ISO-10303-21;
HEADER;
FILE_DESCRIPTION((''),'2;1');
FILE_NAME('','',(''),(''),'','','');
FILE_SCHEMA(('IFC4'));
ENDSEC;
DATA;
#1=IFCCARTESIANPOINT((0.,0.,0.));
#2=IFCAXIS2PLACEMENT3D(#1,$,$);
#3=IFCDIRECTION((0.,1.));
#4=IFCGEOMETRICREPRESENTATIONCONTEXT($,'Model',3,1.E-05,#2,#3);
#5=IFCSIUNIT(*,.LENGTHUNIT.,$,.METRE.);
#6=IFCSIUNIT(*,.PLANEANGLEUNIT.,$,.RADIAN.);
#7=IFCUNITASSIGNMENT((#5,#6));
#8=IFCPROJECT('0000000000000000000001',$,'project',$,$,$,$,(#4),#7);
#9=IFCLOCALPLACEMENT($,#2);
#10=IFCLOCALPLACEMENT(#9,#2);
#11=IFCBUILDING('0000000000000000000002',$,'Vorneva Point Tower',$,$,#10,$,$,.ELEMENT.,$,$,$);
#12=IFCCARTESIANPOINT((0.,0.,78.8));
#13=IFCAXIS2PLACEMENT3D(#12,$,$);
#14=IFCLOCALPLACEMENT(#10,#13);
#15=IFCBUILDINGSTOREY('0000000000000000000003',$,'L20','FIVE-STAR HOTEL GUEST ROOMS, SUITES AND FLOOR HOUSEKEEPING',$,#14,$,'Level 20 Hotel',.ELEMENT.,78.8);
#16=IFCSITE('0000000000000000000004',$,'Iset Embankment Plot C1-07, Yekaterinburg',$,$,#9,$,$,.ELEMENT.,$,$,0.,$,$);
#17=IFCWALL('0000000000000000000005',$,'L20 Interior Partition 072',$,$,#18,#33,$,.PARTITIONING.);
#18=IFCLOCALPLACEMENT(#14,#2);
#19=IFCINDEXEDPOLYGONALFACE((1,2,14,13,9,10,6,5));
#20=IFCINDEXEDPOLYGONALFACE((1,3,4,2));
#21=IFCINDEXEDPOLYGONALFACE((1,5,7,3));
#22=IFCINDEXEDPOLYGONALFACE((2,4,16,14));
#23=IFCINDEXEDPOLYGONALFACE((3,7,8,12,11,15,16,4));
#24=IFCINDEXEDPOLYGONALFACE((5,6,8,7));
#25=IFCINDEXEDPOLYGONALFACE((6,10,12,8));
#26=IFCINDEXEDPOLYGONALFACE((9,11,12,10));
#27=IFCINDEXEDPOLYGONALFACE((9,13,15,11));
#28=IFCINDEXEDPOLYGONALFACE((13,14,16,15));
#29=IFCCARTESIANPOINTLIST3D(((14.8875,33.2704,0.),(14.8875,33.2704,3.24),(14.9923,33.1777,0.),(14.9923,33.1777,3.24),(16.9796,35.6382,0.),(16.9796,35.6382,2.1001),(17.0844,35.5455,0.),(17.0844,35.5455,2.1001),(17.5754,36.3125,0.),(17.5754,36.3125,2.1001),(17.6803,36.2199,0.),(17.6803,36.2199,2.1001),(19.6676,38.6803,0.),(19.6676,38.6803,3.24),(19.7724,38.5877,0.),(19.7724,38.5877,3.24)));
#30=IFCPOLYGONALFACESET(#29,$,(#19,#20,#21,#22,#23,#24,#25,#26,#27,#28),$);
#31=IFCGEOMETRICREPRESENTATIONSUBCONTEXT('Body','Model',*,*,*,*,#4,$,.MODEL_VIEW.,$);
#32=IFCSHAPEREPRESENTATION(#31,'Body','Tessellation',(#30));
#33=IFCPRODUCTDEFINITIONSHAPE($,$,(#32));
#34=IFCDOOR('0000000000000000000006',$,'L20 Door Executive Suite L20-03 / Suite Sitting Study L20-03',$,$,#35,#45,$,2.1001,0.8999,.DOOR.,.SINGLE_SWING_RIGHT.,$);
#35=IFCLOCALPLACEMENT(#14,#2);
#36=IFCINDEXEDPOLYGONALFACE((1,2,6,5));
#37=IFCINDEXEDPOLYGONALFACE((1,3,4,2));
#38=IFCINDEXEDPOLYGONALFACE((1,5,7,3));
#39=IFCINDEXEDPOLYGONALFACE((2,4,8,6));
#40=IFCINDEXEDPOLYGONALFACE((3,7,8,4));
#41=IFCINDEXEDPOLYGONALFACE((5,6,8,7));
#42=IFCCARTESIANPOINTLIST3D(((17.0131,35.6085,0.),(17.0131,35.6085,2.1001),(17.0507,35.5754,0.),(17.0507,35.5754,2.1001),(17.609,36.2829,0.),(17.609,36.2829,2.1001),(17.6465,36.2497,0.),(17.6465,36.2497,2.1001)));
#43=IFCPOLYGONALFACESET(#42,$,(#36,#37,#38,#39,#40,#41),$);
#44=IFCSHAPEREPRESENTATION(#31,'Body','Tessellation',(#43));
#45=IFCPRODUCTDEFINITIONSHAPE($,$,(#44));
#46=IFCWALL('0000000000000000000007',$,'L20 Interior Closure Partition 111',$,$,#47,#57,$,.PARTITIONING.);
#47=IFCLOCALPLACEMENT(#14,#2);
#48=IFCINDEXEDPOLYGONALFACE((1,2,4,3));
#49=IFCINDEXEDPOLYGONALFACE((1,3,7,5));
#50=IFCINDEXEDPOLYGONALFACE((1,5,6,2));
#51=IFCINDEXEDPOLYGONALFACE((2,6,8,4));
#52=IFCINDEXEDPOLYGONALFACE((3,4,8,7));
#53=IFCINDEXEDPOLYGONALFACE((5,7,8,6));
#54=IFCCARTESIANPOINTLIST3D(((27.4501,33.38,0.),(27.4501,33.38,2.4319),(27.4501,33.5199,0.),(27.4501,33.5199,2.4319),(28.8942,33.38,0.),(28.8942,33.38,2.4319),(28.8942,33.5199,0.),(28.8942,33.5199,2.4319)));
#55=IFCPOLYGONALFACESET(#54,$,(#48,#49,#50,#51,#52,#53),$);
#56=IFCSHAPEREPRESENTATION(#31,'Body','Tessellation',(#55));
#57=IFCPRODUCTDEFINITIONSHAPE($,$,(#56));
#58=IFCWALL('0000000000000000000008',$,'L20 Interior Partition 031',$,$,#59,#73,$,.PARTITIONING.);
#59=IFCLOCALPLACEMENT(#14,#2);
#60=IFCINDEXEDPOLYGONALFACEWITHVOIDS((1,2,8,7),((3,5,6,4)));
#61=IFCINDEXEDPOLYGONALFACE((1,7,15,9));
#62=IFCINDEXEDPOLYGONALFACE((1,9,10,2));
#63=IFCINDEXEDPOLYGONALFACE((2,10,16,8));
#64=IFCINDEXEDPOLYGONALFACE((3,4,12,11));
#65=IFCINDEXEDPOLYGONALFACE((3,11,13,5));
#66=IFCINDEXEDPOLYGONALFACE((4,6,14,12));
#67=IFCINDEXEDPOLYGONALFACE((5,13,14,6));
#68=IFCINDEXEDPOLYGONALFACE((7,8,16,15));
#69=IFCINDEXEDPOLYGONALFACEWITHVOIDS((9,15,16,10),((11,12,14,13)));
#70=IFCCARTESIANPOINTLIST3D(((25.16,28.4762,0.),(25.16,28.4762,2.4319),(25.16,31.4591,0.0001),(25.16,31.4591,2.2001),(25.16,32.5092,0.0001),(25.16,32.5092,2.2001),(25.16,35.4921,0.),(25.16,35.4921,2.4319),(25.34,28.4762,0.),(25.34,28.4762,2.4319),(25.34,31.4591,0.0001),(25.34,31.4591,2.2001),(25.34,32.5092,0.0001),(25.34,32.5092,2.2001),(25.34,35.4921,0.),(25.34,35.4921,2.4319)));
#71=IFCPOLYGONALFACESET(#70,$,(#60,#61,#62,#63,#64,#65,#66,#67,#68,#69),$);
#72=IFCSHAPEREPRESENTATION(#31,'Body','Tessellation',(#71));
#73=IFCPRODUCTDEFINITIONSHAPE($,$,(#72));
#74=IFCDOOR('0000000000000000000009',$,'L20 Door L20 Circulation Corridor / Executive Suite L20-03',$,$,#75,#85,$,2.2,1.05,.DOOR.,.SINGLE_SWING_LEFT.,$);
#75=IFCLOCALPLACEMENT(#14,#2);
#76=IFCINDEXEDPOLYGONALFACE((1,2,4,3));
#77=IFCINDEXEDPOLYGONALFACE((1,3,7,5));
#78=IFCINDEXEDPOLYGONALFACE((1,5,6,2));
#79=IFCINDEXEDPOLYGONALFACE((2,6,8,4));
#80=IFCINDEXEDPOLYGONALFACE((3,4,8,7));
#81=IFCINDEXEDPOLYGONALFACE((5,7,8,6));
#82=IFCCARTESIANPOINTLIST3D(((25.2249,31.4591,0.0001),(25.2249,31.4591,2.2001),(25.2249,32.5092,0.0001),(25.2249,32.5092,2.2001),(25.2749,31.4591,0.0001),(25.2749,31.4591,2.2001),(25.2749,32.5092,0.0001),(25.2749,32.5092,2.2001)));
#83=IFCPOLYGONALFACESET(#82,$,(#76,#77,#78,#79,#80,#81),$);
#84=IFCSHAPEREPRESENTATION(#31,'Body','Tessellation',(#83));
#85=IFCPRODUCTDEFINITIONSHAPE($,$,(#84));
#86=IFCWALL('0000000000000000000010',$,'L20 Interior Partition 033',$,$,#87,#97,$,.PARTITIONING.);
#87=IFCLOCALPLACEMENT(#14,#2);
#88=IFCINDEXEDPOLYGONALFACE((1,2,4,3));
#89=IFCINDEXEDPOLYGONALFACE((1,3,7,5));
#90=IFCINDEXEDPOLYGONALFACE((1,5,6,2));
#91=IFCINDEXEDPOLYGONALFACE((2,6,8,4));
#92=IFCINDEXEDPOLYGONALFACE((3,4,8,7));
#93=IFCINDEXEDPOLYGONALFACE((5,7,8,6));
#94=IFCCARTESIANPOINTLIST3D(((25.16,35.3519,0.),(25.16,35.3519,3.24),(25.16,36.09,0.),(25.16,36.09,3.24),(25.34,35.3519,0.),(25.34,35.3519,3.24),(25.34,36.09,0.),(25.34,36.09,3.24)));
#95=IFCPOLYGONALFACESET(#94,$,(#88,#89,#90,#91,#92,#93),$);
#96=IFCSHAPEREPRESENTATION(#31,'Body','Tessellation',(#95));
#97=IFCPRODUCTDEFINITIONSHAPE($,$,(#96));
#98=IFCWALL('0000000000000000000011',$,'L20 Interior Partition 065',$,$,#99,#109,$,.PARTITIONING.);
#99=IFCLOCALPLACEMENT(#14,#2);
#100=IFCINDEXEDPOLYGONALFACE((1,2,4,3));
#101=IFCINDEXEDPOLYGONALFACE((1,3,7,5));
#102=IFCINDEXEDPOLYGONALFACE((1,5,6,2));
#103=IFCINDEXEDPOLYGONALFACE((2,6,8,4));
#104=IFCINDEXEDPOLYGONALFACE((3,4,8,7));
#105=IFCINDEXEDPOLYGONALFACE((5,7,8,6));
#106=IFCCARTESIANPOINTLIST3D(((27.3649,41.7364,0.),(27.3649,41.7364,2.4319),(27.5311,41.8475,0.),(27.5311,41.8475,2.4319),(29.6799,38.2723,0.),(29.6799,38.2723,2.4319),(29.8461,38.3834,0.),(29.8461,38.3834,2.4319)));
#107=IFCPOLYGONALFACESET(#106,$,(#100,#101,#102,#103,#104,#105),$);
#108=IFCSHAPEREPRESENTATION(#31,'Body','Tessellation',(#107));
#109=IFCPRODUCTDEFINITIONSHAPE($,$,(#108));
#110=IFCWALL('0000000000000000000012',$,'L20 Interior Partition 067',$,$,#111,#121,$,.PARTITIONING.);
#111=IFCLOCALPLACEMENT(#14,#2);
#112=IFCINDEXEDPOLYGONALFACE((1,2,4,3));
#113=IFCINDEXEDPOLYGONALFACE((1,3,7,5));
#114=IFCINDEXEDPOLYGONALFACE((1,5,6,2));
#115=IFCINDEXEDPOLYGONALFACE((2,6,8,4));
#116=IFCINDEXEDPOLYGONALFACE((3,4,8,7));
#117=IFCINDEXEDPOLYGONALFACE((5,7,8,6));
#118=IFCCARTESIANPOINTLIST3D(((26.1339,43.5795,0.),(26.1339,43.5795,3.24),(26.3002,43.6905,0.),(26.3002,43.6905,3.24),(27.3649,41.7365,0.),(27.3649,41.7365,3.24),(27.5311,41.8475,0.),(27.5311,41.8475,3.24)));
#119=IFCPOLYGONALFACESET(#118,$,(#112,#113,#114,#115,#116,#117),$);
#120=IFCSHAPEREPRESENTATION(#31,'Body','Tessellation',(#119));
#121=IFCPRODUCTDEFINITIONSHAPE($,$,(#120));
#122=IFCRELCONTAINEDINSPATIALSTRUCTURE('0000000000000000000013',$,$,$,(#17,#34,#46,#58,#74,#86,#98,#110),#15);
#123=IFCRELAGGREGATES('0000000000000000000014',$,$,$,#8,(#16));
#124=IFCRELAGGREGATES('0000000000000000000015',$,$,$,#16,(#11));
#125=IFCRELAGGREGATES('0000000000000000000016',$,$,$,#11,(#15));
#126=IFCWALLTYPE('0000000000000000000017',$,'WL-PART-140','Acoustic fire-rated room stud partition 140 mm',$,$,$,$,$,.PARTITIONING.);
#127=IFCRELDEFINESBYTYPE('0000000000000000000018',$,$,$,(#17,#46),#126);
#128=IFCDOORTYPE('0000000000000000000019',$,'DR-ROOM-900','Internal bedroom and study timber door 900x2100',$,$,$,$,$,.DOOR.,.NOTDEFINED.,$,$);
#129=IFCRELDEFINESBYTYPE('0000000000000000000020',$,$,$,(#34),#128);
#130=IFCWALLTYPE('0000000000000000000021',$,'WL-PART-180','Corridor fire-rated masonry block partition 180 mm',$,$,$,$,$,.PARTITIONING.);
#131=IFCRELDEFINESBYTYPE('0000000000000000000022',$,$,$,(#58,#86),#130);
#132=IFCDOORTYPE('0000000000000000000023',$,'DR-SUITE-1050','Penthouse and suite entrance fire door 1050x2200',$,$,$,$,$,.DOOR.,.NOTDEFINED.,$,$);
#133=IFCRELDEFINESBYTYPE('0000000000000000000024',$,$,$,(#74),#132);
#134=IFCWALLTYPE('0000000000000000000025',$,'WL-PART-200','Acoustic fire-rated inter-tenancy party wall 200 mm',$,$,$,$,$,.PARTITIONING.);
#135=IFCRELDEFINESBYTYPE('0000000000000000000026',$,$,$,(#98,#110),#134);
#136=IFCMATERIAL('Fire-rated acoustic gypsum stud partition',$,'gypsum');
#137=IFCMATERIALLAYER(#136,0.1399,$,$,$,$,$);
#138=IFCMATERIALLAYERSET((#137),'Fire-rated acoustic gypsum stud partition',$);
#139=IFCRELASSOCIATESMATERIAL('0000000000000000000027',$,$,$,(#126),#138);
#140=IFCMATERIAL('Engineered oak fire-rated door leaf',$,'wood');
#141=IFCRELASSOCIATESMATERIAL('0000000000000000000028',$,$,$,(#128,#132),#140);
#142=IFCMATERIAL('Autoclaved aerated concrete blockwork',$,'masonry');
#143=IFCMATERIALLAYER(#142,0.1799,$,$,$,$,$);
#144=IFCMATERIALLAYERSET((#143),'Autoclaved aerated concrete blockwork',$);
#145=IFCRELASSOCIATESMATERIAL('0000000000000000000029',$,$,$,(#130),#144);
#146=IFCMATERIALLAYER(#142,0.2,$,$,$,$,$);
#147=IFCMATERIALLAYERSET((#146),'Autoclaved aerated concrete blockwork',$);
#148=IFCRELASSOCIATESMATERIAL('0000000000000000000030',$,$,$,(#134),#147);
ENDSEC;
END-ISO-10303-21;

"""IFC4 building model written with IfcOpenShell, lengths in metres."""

from ifc_helpers import new_model, si_unit, direction, frame, frame_2d, origin, place, context, subcontext, project, spatial, rectangle, extrude, material, layer, layer_set, type_object, element, fill, save


model = new_model("IFC4")

# Units and contexts
model_context = context("Model", 3, precision=1e-05, world=origin(), true_north=direction((0.0, 1.0)))
body_context = subcontext(model_context, "Body", "Model", "MODEL_VIEW")
ifc_project = project(units=[si_unit("LENGTHUNIT", "METRE"), si_unit("PLANEANGLEUNIT", "RADIAN")], contexts=[model_context])

# Site, building, storey
site_placement = place(None, origin())
site = spatial("IfcSite", under=ifc_project, at=site_placement, Name="Iset Embankment Plot C1-07, Yekaterinburg", CompositionType="ELEMENT", RefElevation=0.0)
building_placement = place(site_placement, origin())
building = spatial("IfcBuilding", under=site, at=building_placement, Name="Vorneva Point Tower", CompositionType="ELEMENT")
storey_placement = place(building_placement, frame((0.0, 0.0, 78.8)))
storey = spatial("IfcBuildingStorey", under=building, at=storey_placement, Name="L20", Description="FIVE-STAR HOTEL GUEST ROOMS, SUITES AND FLOOR HOUSEKEEPING", LongName="Level 20 Hotel", CompositionType="ELEMENT", Elevation=78.8)

# Shared definitions
ifc_material_1 = material(Name="Fire-rated acoustic gypsum stud partition", Category="gypsum")

# Shared definitions
ifc_material_2 = material(Name="Engineered oak fire-rated door leaf", Category="wood")

# Shared definitions
ifc_layer_1 = layer(ifc_material_1, 0.1399)
ifc_layer_set_1 = layer_set([ifc_layer_1], Name="Fire-rated acoustic gypsum stud partition")
wall_type_1 = type_object("IfcWallType", Name="WL-PART-140", Description="Acoustic fire-rated room stud partition 140 mm", PredefinedType="PARTITIONING", material=ifc_layer_set_1)

# Wall, opening, door
wall_1_placement = place(storey_placement, frame((19.72, 38.634, 0.0), z_axis=(0.0, 0.0, 1.0), x_axis=(-0.662134, -0.749386, 0.0)))
wall_1 = element("IfcWall", 1, at=wall_1_placement, inside=storey, type_object=wall_type_1, Name="L20 Interior Partition 072", PredefinedType="PARTITIONING", context=body_context, shape_type="SweptSolid", body=[
    extrude(rectangle(XDim=7.2192, YDim=0.1399, at=frame_2d((3.6096, 0.0))), origin(), (0.0, 0.0, 1.0), 3.24),
])
opening_1_placement = place(wall_1_placement, frame((3.1597, 0.0, 0.0)))
opening_1 = element("IfcOpeningElement", 2, at=opening_1_placement, cuts=wall_1, PredefinedType="OPENING", context=body_context, shape_type="SweptSolid", body=[
    extrude(rectangle(XDim=0.8999, YDim=2.1001, at=frame_2d((0.45, 1.05))), frame((0.0, 0.085, 0.0), z_axis=(0.0, -1.0, 0.0), x_axis=(1.0, 0.0, 0.0)), (0.0, 0.0, 1.0), 0.1697),
])
door_type_1 = type_object("IfcDoorType", Name="DR-ROOM-900", Description="Internal bedroom and study timber door 900x2100", OperationType="NOTDEFINED", PredefinedType="DOOR", material=ifc_material_2)
door_1_placement = place(opening_1_placement, origin())
door_1 = element("IfcDoor", 3, at=door_1_placement, inside=storey, type_object=door_type_1, Name="L20 Door Executive Suite L20-03 / Suite Sitting Study L20-03", OperationType="SINGLE_SWING_RIGHT", OverallHeight=2.1001, OverallWidth=0.8999, PredefinedType="DOOR", context=body_context, shape_type="SweptSolid", body=[
    extrude(rectangle(XDim=0.8999, YDim=2.1001, at=frame_2d((0.45, 1.05))), frame((0.0, 0.0249, 0.0), z_axis=(0.0, -1.0, 0.0), x_axis=(1.0, 0.0, 0.0)), (0.0, 0.0, 1.0), 0.05),
])
fill(opening_1, door_1)

# Wall
wall_2_placement = place(storey_placement, frame((27.45, 33.45, 0.0), z_axis=(0.0, 0.0, 1.0), x_axis=(1.0, 0.0, 0.0)))
element("IfcWall", 4, at=wall_2_placement, inside=storey, type_object=wall_type_1, Name="L20 Interior Closure Partition 111", PredefinedType="PARTITIONING", context=body_context, shape_type="SweptSolid", body=[
    extrude(rectangle(XDim=1.4441, YDim=0.1399, at=frame_2d((0.7222, 0.0))), origin(), (0.0, 0.0, 1.0), 2.4319),
])

# Wall, opening, door
ifc_material_3 = material(Name="Autoclaved aerated concrete blockwork", Category="masonry")
ifc_layer_2 = layer(ifc_material_3, 0.1799)
ifc_layer_set_2 = layer_set([ifc_layer_2], Name="Autoclaved aerated concrete blockwork")
wall_type_2 = type_object("IfcWallType", Name="WL-PART-180", Description="Corridor fire-rated masonry block partition 180 mm", PredefinedType="PARTITIONING", material=ifc_layer_set_2)
wall_3_placement = place(storey_placement, frame((25.25, 35.4919, 0.0), z_axis=(0.0, 0.0, 1.0), x_axis=(0.0, -1.0, 0.0)))
wall_3 = element("IfcWall", 5, at=wall_3_placement, inside=storey, type_object=wall_type_2, Name="L20 Interior Partition 031", PredefinedType="PARTITIONING", context=body_context, shape_type="SweptSolid", body=[
    extrude(rectangle(XDim=7.0159, YDim=0.1799, at=frame_2d((3.5078, 0.0))), origin(), (0.0, 0.0, 1.0), 2.4319),
])
opening_2_placement = place(wall_3_placement, frame((2.9829, 0.0, 0.0)))
opening_2 = element("IfcOpeningElement", 6, at=opening_2_placement, cuts=wall_3, PredefinedType="OPENING", context=body_context, shape_type="SweptSolid", body=[
    extrude(rectangle(XDim=1.05, YDim=2.2, at=frame_2d((0.5249, 1.1001))), frame((0.0, 0.105, 0.0), z_axis=(0.0, -1.0, 0.0), x_axis=(1.0, 0.0, 0.0)), (0.0, 0.0, 1.0), 0.2097),
])
door_type_2 = type_object("IfcDoorType", Name="DR-SUITE-1050", Description="Penthouse and suite entrance fire door 1050x2200", OperationType="NOTDEFINED", PredefinedType="DOOR", material=ifc_material_2)
door_2_placement = place(opening_2_placement, origin())
door_2 = element("IfcDoor", 7, at=door_2_placement, inside=storey, type_object=door_type_2, Name="L20 Door L20 Circulation Corridor / Executive Suite L20-03", OperationType="SINGLE_SWING_LEFT", OverallHeight=2.2, OverallWidth=1.05, PredefinedType="DOOR", context=body_context, shape_type="SweptSolid", body=[
    extrude(rectangle(XDim=1.05, YDim=2.2, at=frame_2d((0.5249, 1.1001))), frame((0.0, 0.0249, 0.0), z_axis=(0.0, -1.0, 0.0), x_axis=(1.0, 0.0, 0.0)), (0.0, 0.0, 1.0), 0.05),
])
fill(opening_2, door_2)

# Walls
wall_4_placement = place(storey_placement, frame((25.25, 36.0901, 0.0), z_axis=(0.0, 0.0, 1.0), x_axis=(0.0, -1.0, 0.0)))
element("IfcWall", 8, at=wall_4_placement, inside=storey, type_object=wall_type_2, Name="L20 Interior Partition 033", PredefinedType="PARTITIONING", context=body_context, shape_type="SweptSolid", body=[
    extrude(rectangle(XDim=0.738, YDim=0.1799, at=frame_2d((0.3691, 0.0))), origin(), (0.0, 0.0, 1.0), 3.24),
])
ifc_layer_3 = layer(ifc_material_3, 0.2)
ifc_layer_set_3 = layer_set([ifc_layer_3], Name="Autoclaved aerated concrete blockwork")
wall_type_3 = type_object("IfcWallType", Name="WL-PART-200", Description="Acoustic fire-rated inter-tenancy party wall 200 mm", PredefinedType="PARTITIONING", material=ifc_layer_set_3)
wall_5_placement = place(storey_placement, frame((27.448, 41.792, 0.0), z_axis=(0.0, 0.0, 1.0), x_axis=(0.555619, -0.831437, 0.0)))
element("IfcWall", 9, at=wall_5_placement, inside=storey, type_object=wall_type_3, Name="L20 Interior Partition 065", PredefinedType="PARTITIONING", context=body_context, shape_type="SweptSolid", body=[
    extrude(rectangle(XDim=4.1665, YDim=0.2, at=frame_2d((2.0833, 0.0))), origin(), (0.0, 0.0, 1.0), 2.4319),
])
wall_6_placement = place(storey_placement, frame((26.217, 43.635, 0.0), z_axis=(0.0, 0.0, 1.0), x_axis=(0.555412, -0.831575, 0.0)))
element("IfcWall", 10, at=wall_6_placement, inside=storey, type_object=wall_type_3, Name="L20 Interior Partition 067", PredefinedType="PARTITIONING", context=body_context, shape_type="SweptSolid", body=[
    extrude(rectangle(XDim=2.2163, YDim=0.2, at=frame_2d((1.1082, 0.0))), origin(), (0.0, 0.0, 1.0), 3.24),
])

save(model, "model.ifc")
